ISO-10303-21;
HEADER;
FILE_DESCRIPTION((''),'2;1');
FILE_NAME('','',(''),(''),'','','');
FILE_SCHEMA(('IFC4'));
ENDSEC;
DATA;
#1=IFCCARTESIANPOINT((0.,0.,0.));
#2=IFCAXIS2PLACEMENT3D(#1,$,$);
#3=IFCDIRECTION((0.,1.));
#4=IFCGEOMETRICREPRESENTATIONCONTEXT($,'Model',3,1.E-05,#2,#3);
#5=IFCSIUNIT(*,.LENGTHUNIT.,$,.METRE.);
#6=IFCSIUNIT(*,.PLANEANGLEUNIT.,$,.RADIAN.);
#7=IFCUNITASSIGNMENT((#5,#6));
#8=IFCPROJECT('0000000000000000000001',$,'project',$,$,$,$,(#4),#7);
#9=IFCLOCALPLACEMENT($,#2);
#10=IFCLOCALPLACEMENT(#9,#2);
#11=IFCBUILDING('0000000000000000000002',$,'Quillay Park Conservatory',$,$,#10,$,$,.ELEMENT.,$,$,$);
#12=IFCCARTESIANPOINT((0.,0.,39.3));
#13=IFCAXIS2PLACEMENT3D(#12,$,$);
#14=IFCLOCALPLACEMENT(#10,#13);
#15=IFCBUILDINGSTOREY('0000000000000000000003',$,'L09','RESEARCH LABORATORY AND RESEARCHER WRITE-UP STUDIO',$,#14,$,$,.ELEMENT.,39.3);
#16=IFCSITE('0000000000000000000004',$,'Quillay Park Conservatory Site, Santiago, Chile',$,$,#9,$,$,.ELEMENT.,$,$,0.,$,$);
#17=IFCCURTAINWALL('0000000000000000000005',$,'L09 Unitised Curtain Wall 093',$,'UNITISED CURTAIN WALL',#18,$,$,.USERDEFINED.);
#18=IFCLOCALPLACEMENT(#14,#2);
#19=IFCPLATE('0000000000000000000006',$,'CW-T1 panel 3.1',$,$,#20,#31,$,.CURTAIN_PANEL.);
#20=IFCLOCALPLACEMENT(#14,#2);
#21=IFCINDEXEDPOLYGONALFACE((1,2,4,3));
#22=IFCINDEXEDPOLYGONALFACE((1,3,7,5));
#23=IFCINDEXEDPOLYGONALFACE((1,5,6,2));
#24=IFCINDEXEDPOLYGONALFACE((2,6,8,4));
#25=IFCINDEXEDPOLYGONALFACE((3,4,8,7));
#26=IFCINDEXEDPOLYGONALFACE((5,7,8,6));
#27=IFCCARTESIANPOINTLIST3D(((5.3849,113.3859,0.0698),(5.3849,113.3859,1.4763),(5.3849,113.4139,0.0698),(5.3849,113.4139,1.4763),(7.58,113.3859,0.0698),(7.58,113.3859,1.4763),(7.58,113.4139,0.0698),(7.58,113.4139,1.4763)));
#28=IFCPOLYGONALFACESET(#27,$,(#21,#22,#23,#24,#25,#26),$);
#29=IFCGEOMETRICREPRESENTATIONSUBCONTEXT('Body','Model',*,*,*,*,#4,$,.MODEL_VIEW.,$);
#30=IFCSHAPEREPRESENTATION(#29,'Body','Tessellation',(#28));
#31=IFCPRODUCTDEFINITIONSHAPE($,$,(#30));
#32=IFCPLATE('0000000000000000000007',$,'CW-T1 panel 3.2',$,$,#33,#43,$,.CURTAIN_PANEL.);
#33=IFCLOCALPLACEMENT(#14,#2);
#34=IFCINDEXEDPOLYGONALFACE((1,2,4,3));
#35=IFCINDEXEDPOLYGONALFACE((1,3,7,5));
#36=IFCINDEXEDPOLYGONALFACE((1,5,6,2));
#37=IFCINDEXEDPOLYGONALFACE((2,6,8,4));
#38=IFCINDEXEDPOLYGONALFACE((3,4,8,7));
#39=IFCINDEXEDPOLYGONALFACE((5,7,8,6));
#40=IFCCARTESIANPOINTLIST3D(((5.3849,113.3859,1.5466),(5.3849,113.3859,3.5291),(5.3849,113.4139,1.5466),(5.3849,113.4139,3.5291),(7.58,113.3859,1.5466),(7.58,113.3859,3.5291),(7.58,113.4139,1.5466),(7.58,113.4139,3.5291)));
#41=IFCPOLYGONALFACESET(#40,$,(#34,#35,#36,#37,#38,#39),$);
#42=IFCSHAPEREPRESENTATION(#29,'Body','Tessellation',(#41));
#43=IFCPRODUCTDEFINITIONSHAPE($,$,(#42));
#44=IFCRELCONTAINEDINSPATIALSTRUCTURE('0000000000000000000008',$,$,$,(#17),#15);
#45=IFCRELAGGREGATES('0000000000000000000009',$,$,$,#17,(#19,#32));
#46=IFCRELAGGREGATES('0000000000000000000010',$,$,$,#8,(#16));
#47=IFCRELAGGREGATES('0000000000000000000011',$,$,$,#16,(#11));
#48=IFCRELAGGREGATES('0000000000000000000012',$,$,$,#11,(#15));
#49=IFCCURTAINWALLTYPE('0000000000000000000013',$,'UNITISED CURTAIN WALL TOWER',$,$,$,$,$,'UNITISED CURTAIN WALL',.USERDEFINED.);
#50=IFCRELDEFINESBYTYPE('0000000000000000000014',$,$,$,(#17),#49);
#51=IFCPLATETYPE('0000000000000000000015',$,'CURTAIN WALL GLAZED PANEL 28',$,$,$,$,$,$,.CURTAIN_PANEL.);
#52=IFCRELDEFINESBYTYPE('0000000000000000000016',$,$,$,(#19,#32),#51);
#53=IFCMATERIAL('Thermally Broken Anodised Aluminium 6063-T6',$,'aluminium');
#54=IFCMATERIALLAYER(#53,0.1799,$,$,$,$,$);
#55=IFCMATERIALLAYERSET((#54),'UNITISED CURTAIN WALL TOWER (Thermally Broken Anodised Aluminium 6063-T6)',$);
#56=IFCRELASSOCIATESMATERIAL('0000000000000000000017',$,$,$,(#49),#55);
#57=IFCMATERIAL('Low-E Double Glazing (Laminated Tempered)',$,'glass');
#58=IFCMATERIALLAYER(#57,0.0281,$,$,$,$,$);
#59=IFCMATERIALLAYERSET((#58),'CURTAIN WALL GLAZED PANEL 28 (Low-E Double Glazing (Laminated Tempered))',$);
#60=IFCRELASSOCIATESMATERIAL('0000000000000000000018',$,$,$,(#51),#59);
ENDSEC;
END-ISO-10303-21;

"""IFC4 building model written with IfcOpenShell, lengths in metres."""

from ifc_helpers import new_model, si_unit, direction, frame, origin, origin_2d, place, context, subcontext, project, spatial, rectangle, extrude, material, layer, layer_set, type_object, element, aggregate, save


model = new_model("IFC4")

# Units and contexts
model_context = context("Model", 3, precision=1e-05, world=origin(), true_north=direction((0.0, 1.0)))
body_context = subcontext(model_context, "Body", "Model", "MODEL_VIEW")
ifc_project = project(units=[si_unit("LENGTHUNIT", "METRE"), si_unit("PLANEANGLEUNIT", "RADIAN")], contexts=[model_context])

# Site, building, storey
site_placement = place(None, origin())
site = spatial("IfcSite", under=ifc_project, at=site_placement, Name="Quillay Park Conservatory Site, Santiago, Chile", CompositionType="ELEMENT", RefElevation=0.0)
building_placement = place(site_placement, origin())
building = spatial("IfcBuilding", under=site, at=building_placement, Name="Quillay Park Conservatory", CompositionType="ELEMENT")
storey_placement = place(building_placement, frame((0.0, 0.0, 39.3)))
storey = spatial("IfcBuildingStorey", under=building, at=storey_placement, Name="L09", Description="RESEARCH LABORATORY AND RESEARCHER WRITE-UP STUDIO", CompositionType="ELEMENT", Elevation=39.3)

# Curtain wall
ifc_material_1 = material(Name="Thermally Broken Anodised Aluminium 6063-T6", Category="aluminium")
ifc_layer_1 = layer(ifc_material_1, 0.1799)
ifc_layer_set_1 = layer_set([ifc_layer_1], Name="UNITISED CURTAIN WALL TOWER (Thermally Broken Anodised Aluminium 6063-T6)")
curtain_wall_type = type_object("IfcCurtainWallType", Name="UNITISED CURTAIN WALL TOWER", ElementType="UNITISED CURTAIN WALL", PredefinedType="USERDEFINED", material=ifc_layer_set_1)
curtain_wall_placement = place(storey_placement, origin())
curtain_wall = element("IfcCurtainWall", 1, at=curtain_wall_placement, inside=storey, type_object=curtain_wall_type, Name="L09 Unitised Curtain Wall 093", ObjectType="UNITISED CURTAIN WALL", PredefinedType="USERDEFINED")

# Plates
ifc_material_2 = material(Name="Low-E Double Glazing (Laminated Tempered)", Category="glass")
ifc_layer_2 = layer(ifc_material_2, 0.0281)
ifc_layer_set_2 = layer_set([ifc_layer_2], Name="CURTAIN WALL GLAZED PANEL 28 (Low-E Double Glazing (Laminated Tempered))")
plate_type = type_object("IfcPlateType", Name="CURTAIN WALL GLAZED PANEL 28", PredefinedType="CURTAIN_PANEL", material=ifc_layer_set_2)
plate_1_placement = place(storey_placement, frame((6.4824, 113.3999, 0.0698), z_axis=(0.0, 0.0, 1.0), x_axis=(1.0, 0.0, 0.0)))
plate_1 = element("IfcPlate", 2, at=plate_1_placement, type_object=plate_type, Name="CW-T1 panel 3.1", PredefinedType="CURTAIN_PANEL", context=body_context, shape_type="SweptSolid", body=[
    extrude(rectangle(XDim=2.1951, YDim=0.0281, at=origin_2d()), origin(), (0.0, 0.0, 1.0), 1.4065),
])
plate_2_placement = place(storey_placement, frame((6.4824, 113.3999, 1.5466), z_axis=(0.0, 0.0, 1.0), x_axis=(1.0, 0.0, 0.0)))
plate_2 = element("IfcPlate", 3, at=plate_2_placement, type_object=plate_type, Name="CW-T1 panel 3.2", PredefinedType="CURTAIN_PANEL", context=body_context, shape_type="SweptSolid", body=[
    extrude(rectangle(XDim=2.1951, YDim=0.0281, at=origin_2d()), origin(), (0.0, 0.0, 1.0), 1.9824),
])
aggregate(curtain_wall, [plate_1, plate_2])

save(model, "model.ifc")
